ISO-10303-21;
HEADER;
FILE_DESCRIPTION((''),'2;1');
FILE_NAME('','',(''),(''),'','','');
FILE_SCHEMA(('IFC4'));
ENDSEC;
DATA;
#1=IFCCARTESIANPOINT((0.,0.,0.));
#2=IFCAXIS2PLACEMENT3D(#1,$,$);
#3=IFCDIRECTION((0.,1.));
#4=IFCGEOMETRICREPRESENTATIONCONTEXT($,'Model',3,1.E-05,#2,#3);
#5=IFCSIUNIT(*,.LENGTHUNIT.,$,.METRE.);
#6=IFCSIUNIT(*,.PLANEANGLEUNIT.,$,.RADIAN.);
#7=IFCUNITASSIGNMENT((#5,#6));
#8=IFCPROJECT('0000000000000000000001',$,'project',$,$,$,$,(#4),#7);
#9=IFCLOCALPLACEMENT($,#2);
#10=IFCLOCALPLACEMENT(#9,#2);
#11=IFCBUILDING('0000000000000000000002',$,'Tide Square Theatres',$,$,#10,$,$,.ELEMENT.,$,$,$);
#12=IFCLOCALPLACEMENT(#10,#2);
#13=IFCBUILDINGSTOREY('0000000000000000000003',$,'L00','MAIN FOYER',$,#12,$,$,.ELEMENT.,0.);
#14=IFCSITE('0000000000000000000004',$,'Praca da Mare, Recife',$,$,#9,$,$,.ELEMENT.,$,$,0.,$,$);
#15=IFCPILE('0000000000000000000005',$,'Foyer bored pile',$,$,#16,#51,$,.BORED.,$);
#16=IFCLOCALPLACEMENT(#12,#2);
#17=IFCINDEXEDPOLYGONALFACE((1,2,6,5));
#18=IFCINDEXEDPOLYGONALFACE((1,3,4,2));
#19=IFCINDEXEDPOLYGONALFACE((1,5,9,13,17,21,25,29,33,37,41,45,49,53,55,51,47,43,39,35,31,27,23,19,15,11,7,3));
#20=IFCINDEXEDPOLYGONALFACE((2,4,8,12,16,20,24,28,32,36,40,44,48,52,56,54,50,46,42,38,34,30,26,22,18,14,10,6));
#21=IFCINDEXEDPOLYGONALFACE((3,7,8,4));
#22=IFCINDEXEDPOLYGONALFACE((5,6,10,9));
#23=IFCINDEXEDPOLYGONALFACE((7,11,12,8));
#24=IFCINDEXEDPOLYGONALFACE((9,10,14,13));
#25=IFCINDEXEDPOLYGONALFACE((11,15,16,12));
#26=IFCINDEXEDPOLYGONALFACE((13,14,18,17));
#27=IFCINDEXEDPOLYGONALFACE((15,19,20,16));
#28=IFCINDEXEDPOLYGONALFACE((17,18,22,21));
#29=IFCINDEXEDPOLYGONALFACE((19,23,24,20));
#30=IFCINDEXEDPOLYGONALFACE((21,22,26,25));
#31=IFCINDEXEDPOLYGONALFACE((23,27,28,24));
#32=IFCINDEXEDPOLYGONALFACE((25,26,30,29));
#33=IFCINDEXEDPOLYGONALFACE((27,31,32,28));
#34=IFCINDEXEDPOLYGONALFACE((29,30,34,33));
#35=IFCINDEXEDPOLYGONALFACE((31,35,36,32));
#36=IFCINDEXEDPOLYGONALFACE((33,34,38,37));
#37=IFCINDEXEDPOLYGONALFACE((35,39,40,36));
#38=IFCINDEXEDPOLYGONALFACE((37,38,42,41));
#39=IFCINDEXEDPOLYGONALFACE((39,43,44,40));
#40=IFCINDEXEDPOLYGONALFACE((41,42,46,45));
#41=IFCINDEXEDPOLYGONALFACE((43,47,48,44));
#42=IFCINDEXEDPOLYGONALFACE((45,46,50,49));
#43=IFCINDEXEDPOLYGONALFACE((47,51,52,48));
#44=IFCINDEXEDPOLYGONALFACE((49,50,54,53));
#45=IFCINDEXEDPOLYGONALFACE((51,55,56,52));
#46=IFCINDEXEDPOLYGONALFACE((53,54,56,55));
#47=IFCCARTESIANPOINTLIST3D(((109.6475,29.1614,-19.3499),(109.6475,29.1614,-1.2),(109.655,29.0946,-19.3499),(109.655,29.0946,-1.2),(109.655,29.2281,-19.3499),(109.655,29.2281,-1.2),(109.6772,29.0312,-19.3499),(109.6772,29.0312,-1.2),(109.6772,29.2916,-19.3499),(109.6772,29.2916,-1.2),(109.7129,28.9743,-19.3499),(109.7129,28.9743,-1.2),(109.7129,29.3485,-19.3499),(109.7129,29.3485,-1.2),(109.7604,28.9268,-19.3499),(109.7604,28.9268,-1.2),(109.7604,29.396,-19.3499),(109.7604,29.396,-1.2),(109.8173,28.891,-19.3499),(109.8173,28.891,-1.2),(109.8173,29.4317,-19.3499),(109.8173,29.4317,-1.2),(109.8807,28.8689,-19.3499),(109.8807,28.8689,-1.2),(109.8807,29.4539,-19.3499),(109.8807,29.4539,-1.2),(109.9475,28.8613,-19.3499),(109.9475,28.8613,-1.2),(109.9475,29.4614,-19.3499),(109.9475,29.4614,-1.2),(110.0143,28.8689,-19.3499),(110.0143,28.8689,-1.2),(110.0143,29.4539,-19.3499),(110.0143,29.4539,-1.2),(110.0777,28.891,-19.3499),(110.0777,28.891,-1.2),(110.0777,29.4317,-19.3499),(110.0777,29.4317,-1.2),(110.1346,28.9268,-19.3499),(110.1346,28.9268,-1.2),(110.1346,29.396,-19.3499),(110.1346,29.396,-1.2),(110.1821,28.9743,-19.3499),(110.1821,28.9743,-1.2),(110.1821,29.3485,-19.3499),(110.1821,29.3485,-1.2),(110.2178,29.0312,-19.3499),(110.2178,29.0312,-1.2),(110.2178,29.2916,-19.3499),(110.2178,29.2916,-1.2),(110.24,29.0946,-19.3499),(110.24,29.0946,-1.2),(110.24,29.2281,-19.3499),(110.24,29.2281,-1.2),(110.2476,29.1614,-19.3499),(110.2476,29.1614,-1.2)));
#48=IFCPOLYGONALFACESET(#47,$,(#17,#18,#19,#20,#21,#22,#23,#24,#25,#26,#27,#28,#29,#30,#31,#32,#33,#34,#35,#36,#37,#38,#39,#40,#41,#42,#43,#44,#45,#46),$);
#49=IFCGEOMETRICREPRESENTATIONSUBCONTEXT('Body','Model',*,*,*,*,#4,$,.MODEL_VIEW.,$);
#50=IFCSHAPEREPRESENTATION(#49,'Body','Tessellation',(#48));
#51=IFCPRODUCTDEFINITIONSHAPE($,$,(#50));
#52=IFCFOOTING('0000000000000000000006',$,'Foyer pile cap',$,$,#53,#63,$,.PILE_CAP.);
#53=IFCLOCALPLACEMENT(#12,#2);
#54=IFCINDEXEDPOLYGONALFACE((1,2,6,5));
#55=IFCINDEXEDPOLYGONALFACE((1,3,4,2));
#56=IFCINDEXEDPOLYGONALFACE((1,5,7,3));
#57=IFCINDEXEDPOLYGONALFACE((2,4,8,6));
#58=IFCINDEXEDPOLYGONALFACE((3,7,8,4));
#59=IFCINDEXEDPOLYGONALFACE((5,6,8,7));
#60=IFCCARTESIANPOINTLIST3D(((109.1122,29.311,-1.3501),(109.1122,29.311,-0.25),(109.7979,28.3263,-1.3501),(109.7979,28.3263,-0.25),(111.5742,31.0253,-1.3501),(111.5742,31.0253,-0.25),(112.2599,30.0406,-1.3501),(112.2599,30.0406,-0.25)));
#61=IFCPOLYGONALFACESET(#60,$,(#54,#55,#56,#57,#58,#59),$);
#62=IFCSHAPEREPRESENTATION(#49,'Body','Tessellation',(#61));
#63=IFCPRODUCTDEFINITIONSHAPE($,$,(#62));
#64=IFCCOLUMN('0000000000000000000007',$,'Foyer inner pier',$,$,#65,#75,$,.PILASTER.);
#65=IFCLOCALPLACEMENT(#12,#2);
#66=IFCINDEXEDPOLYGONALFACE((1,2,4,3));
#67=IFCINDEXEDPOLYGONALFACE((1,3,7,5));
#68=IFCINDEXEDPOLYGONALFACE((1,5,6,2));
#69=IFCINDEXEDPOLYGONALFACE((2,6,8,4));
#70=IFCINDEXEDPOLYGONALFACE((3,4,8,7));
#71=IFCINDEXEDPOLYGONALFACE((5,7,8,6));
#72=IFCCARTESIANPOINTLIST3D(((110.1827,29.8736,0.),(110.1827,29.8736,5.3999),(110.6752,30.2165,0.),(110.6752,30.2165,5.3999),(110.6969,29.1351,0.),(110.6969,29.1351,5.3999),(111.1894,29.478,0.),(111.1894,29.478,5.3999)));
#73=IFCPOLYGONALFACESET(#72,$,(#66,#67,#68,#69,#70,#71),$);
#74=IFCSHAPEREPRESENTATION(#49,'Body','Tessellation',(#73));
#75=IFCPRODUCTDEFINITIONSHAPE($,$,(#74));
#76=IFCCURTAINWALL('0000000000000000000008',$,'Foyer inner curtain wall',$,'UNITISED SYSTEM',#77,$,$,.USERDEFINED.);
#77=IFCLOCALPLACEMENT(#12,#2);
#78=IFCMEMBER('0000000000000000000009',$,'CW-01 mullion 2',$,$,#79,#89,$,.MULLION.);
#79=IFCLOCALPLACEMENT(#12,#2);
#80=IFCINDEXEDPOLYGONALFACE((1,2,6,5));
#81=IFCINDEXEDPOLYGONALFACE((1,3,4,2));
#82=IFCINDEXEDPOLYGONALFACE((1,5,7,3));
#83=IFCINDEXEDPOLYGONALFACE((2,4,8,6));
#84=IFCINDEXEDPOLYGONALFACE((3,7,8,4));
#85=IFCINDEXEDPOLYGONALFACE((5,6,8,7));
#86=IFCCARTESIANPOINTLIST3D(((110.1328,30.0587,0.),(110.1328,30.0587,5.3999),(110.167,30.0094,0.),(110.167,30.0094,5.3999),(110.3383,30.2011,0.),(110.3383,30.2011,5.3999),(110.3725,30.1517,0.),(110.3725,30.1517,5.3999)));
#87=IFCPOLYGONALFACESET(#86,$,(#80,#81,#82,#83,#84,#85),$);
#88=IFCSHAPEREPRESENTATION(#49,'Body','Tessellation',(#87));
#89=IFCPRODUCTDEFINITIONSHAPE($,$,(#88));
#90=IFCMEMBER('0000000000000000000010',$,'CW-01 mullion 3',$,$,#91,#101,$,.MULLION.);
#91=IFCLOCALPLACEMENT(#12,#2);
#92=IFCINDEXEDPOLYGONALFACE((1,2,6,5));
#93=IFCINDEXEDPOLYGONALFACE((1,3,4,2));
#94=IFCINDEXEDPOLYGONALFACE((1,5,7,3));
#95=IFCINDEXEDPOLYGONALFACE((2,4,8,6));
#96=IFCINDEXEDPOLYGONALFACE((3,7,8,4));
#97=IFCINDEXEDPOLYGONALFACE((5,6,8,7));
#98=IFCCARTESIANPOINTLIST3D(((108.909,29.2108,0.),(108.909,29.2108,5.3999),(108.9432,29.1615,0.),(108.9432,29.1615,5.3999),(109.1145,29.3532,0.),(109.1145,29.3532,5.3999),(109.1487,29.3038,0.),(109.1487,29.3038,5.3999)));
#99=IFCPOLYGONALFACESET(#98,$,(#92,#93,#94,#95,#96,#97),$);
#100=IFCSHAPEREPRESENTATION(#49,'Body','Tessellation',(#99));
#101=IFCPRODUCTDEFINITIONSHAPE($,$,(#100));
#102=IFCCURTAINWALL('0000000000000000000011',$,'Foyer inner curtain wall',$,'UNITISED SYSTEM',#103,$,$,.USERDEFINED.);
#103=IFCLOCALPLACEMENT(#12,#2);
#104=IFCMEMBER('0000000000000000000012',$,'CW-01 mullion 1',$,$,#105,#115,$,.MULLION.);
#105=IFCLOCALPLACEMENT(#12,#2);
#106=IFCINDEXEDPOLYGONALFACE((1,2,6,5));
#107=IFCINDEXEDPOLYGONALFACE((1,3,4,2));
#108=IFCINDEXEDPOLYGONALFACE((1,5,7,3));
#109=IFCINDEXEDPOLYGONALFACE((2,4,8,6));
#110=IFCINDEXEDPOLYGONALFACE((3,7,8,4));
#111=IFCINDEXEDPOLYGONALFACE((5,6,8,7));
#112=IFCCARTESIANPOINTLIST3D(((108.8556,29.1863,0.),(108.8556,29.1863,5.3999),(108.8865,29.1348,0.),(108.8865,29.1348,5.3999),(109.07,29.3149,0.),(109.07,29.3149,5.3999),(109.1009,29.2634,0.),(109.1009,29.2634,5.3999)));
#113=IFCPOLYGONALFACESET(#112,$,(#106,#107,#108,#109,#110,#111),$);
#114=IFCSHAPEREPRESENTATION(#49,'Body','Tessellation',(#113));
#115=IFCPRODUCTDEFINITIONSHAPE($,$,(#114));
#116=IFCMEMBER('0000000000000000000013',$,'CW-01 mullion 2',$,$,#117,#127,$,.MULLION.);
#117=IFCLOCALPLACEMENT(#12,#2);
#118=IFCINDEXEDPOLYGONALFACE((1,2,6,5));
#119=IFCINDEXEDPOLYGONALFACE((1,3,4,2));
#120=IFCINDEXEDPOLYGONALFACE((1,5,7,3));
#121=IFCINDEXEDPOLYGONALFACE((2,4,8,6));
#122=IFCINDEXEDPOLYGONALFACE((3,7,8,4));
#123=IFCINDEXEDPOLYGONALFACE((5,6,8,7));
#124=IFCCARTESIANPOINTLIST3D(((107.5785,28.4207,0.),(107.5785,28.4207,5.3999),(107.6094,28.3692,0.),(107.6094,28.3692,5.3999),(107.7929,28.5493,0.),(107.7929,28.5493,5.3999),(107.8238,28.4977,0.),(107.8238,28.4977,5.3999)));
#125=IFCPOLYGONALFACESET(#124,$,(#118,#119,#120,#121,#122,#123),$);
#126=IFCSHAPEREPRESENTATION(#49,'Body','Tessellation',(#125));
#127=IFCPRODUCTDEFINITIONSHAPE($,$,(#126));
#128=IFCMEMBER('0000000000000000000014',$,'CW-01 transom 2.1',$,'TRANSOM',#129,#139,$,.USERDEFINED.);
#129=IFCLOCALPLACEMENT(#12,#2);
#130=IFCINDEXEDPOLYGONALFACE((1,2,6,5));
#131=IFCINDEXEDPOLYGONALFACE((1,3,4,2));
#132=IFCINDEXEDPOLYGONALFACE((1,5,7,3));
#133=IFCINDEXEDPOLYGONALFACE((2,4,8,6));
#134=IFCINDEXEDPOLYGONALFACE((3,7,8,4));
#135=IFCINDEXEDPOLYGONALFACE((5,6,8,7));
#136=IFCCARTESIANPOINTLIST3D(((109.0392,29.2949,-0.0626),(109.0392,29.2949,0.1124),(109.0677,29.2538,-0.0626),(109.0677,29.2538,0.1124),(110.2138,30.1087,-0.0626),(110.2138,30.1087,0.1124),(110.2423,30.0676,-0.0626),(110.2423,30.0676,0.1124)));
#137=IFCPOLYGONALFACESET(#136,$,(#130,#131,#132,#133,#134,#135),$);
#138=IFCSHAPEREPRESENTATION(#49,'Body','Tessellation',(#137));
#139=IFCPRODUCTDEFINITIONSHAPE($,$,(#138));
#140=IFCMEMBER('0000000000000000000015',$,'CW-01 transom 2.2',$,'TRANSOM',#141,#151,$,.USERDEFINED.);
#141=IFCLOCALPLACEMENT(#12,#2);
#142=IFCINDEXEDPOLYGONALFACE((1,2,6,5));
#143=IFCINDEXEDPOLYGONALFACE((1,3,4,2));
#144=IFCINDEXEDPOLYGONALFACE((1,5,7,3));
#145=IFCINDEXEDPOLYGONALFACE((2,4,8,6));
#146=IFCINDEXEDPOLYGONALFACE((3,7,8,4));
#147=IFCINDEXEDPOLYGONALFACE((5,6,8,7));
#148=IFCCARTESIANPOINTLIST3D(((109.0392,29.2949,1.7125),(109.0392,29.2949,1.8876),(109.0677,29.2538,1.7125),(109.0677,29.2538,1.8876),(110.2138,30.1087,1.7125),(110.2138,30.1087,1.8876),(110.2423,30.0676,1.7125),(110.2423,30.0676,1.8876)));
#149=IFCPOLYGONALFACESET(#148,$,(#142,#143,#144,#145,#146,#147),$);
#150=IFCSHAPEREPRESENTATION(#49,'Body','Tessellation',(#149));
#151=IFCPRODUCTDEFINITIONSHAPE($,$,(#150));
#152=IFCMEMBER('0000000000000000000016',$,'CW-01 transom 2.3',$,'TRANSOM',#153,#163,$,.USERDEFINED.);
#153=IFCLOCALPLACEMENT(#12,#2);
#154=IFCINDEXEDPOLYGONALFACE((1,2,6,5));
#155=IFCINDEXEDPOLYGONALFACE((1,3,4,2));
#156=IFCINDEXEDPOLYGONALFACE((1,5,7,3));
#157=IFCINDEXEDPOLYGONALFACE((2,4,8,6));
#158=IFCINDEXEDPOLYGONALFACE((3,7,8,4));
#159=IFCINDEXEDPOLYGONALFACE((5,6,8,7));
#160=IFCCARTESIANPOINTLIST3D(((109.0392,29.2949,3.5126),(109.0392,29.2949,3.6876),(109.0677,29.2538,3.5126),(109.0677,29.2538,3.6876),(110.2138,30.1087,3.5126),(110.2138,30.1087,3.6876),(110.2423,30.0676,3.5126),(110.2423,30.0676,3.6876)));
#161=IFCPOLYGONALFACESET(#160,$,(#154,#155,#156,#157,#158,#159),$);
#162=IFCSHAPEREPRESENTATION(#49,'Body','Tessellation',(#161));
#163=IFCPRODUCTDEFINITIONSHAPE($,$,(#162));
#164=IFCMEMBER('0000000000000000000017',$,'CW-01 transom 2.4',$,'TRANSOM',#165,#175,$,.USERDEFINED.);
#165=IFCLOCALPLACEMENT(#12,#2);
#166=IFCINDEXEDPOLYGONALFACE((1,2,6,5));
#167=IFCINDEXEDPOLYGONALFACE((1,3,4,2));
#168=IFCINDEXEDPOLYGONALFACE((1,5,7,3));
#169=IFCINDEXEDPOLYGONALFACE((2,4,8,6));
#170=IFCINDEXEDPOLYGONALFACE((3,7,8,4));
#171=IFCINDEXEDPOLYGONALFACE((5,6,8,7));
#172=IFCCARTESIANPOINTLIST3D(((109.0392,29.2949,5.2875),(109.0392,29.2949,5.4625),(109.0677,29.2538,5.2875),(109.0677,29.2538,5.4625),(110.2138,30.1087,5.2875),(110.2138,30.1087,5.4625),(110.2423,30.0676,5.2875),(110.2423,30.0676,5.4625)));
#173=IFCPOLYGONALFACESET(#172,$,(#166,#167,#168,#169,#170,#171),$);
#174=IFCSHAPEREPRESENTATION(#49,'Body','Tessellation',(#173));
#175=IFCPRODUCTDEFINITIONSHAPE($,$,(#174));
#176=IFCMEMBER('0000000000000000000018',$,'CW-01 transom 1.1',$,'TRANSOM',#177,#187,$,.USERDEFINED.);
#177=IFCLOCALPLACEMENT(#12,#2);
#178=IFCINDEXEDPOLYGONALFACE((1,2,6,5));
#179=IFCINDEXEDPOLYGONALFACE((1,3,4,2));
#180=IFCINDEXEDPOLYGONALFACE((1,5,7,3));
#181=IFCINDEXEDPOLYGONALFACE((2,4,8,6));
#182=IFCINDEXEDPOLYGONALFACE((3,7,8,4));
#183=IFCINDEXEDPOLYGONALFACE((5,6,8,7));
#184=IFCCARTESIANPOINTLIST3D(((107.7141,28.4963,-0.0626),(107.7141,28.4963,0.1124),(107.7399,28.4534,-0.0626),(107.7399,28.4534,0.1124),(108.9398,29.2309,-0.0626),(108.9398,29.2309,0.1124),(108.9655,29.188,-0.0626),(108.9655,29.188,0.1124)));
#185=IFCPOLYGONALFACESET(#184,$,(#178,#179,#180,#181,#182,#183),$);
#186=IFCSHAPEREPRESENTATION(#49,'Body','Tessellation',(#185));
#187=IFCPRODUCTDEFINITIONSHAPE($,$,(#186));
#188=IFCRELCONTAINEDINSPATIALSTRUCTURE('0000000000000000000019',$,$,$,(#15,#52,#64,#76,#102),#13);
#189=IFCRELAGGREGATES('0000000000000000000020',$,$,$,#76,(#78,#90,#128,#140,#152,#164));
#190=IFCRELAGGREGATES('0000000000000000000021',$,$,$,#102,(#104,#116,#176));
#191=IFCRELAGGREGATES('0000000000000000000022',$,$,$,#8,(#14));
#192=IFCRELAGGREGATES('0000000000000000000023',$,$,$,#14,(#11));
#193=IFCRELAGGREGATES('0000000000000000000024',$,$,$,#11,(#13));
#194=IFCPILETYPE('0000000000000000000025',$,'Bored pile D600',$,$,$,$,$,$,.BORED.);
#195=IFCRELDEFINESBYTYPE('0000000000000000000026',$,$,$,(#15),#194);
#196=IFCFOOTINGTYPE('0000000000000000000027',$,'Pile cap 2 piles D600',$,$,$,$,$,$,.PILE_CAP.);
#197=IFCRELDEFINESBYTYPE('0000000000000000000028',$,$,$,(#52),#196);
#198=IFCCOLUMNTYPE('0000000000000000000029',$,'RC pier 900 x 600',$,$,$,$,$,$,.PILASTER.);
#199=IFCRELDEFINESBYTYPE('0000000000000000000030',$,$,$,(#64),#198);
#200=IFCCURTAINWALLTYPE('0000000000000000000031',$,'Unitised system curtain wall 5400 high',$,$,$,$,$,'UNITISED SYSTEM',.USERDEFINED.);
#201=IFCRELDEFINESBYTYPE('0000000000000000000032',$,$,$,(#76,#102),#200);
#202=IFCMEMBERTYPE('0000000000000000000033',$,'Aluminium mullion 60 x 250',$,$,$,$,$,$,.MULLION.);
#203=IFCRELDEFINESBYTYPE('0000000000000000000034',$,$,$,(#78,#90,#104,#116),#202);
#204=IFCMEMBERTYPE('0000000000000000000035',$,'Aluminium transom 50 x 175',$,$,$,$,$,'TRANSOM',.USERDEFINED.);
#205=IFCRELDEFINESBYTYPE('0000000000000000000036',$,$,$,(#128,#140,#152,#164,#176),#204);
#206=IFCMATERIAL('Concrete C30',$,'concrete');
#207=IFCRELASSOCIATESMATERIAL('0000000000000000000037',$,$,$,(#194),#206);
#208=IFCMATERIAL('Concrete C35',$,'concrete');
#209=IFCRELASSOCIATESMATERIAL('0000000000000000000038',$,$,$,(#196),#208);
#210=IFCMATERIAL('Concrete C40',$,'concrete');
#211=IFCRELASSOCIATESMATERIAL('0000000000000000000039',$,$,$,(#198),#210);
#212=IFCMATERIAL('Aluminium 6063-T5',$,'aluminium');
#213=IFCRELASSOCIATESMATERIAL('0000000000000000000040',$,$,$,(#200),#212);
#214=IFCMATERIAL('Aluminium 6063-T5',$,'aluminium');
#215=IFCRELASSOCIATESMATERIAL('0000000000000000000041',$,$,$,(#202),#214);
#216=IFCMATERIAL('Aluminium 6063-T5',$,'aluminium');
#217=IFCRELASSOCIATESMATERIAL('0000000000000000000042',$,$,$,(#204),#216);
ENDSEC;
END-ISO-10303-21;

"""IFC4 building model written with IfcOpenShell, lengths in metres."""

from ifc_helpers import new_model, si_unit, direction, frame, origin, origin_2d, place, context, subcontext, project, spatial, rectangle, circle, extrude, material, material_profile, profile_set, type_object, element, aggregate, save


model = new_model("IFC4")

# Units and contexts
model_context = context("Model", 3, precision=1e-05, world=origin(), true_north=direction((0.0, 1.0)))
body_context = subcontext(model_context, "Body", "Model", "MODEL_VIEW")
ifc_project = project(units=[si_unit("LENGTHUNIT", "METRE"), si_unit("PLANEANGLEUNIT", "RADIAN")], contexts=[model_context])

# Site, building, storey
site_placement = place(None, origin())
site = spatial("IfcSite", under=ifc_project, at=site_placement, Name="Praca da Mare, Recife", CompositionType="ELEMENT", RefElevation=0.0)
building_placement = place(site_placement, origin())
building = spatial("IfcBuilding", under=site, at=building_placement, Name="Tide Square Theatres", CompositionType="ELEMENT")
storey_placement = place(building_placement, origin())
storey = spatial("IfcBuildingStorey", under=building, at=storey_placement, Name="L00", Description="MAIN FOYER", CompositionType="ELEMENT", Elevation=0.0)

# Pile
ifc_material_1 = material(Name="Concrete C30", Category="concrete")
ifc_material_profile_1 = material_profile(ifc_material_1, circle(Radius=0.3, at=origin_2d()))
ifc_profile_set_1 = profile_set([ifc_material_profile_1], Name="Concrete C30")
pile_type = type_object("IfcPileType", Name="Bored pile D600", PredefinedType="BORED", material=ifc_profile_set_1)
pile_placement = place(storey_placement, frame((109.9475, 29.1614, -1.2), z_axis=(0.0, 0.0, -1.0), x_axis=(1.0, 0.0, 0.0)))
element("IfcPile", 1, at=pile_placement, inside=storey, type_object=pile_type, Name="Foyer bored pile", PredefinedType="BORED", context=body_context, shape_type="SweptSolid", body=[
    extrude(circle(Radius=0.3, at=origin_2d()), origin(), (0.0, 0.0, 1.0), 18.1499),
])

# Footing
ifc_material_2 = material(Name="Concrete C35", Category="concrete")
footing_type = type_object("IfcFootingType", Name="Pile cap 2 piles D600", PredefinedType="PILE_CAP", material=ifc_material_2)
footing_placement = place(storey_placement, frame((110.686, 29.6758, -1.3501), z_axis=(0.0, 0.0, 1.0), x_axis=(0.820648, 0.571434, 0.0)))
element("IfcFooting", 2, at=footing_placement, inside=storey, type_object=footing_type, Name="Foyer pile cap", PredefinedType="PILE_CAP", context=body_context, shape_type="SweptSolid", body=[
    extrude(rectangle(XDim=3.0, YDim=1.2, at=origin_2d()), origin(), (0.0, 0.0, 1.0), 1.1001),
])

# Column
ifc_material_3 = material(Name="Concrete C40", Category="concrete")
ifc_material_profile_2 = material_profile(ifc_material_3, rectangle(XDim=0.8999, YDim=0.6001, at=origin_2d()))
ifc_profile_set_2 = profile_set([ifc_material_profile_2], Name="Concrete C40")
column_type = type_object("IfcColumnType", Name="RC pier 900 x 600", PredefinedType="PILASTER", material=ifc_profile_set_2)
column_placement = place(storey_placement, frame((110.686, 29.6758, 0.0), z_axis=(0.0, 0.0, 1.0), x_axis=(0.571434, -0.820648, 0.0)))
element("IfcColumn", 3, at=column_placement, inside=storey, type_object=column_type, Name="Foyer inner pier", PredefinedType="PILASTER", context=body_context, shape_type="SweptSolid", body=[
    extrude(rectangle(XDim=0.8999, YDim=0.6001, at=origin_2d()), origin(), (0.0, 0.0, 1.0), 5.3999),
])

# Curtain walls, members
ifc_material_4 = material(Name="Aluminium 6063-T5", Category="aluminium")
curtain_wall_type = type_object("IfcCurtainWallType", Name="Unitised system curtain wall 5400 high", ElementType="UNITISED SYSTEM", PredefinedType="USERDEFINED", material=ifc_material_4)
curtain_wall_1_placement = place(storey_placement, origin())
curtain_wall_1 = element("IfcCurtainWall", 4, at=curtain_wall_1_placement, inside=storey, type_object=curtain_wall_type, Name="Foyer inner curtain wall", ObjectType="UNITISED SYSTEM", PredefinedType="USERDEFINED")
ifc_material_5 = material(Name="Aluminium 6063-T5", Category="aluminium")
ifc_material_profile_3 = material_profile(ifc_material_5, rectangle(XDim=0.0601, YDim=0.25, at=origin_2d()))
ifc_profile_set_3 = profile_set([ifc_material_profile_3], Name="Aluminium 6063-T5")
member_type_1 = type_object("IfcMemberType", Name="Aluminium mullion 60 x 250", PredefinedType="MULLION", material=ifc_profile_set_3)
member_1_placement = place(storey_placement, frame((110.2527, 30.1052, 0.0), z_axis=(0.0, 0.0, 1.0), x_axis=(0.56947, -0.822012, 0.0)))
member_1 = element("IfcMember", 5, at=member_1_placement, type_object=member_type_1, Name="CW-01 mullion 2", PredefinedType="MULLION", context=body_context, shape_type="SweptSolid", body=[
    extrude(rectangle(XDim=0.0601, YDim=0.25, at=origin_2d()), origin(), (0.0, 0.0, 1.0), 5.3999),
])
member_2_placement = place(storey_placement, frame((109.0288, 29.2573, 0.0), z_axis=(0.0, 0.0, 1.0), x_axis=(0.56947, -0.822012, 0.0)))
member_2 = element("IfcMember", 6, at=member_2_placement, type_object=member_type_1, Name="CW-01 mullion 3", PredefinedType="MULLION", context=body_context, shape_type="SweptSolid", body=[
    extrude(rectangle(XDim=0.0601, YDim=0.25, at=origin_2d()), origin(), (0.0, 0.0, 1.0), 5.3999),
])
curtain_wall_2_placement = place(storey_placement, origin())
curtain_wall_2 = element("IfcCurtainWall", 7, at=curtain_wall_2_placement, inside=storey, type_object=curtain_wall_type, Name="Foyer inner curtain wall", ObjectType="UNITISED SYSTEM", PredefinedType="USERDEFINED")
member_3_placement = place(storey_placement, frame((108.9783, 29.2249, 0.0), z_axis=(0.0, 0.0, 1.0), x_axis=(0.514128, -0.857714, 0.0)))
member_3 = element("IfcMember", 8, at=member_3_placement, type_object=member_type_1, Name="CW-01 mullion 1", PredefinedType="MULLION", context=body_context, shape_type="SweptSolid", body=[
    extrude(rectangle(XDim=0.0601, YDim=0.25, at=origin_2d()), origin(), (0.0, 0.0, 1.0), 5.3999),
])
member_4_placement = place(storey_placement, frame((107.7012, 28.4592, 0.0), z_axis=(0.0, 0.0, 1.0), x_axis=(0.514128, -0.857714, 0.0)))
member_4 = element("IfcMember", 9, at=member_4_placement, type_object=member_type_1, Name="CW-01 mullion 2", PredefinedType="MULLION", context=body_context, shape_type="SweptSolid", body=[
    extrude(rectangle(XDim=0.0601, YDim=0.25, at=origin_2d()), origin(), (0.0, 0.0, 1.0), 5.3999),
])

# Members
ifc_material_6 = material(Name="Aluminium 6063-T5", Category="aluminium")
ifc_material_profile_4 = material_profile(ifc_material_6, rectangle(XDim=0.05, YDim=0.175, at=origin_2d()))
ifc_profile_set_4 = profile_set([ifc_material_profile_4], Name="Aluminium 6063-T5")
member_type_2 = type_object("IfcMemberType", Name="Aluminium transom 50 x 175", ElementType="TRANSOM", PredefinedType="USERDEFINED", material=ifc_profile_set_4)
member_5_placement = place(storey_placement, frame((110.228, 30.0881, 0.0249), z_axis=(-0.822008, -0.569476, 0.0), x_axis=(0.569476, -0.822008, 0.0)))
member_5 = element("IfcMember", 10, at=member_5_placement, type_object=member_type_2, Name="CW-01 transom 2.1", ObjectType="TRANSOM", PredefinedType="USERDEFINED", context=body_context, shape_type="SweptSolid", body=[
    extrude(rectangle(XDim=0.05, YDim=0.175, at=origin_2d()), origin(), (0.0, 0.0, 1.0), 1.429),
])
member_6_placement = place(storey_placement, frame((110.228, 30.0881, 1.8), z_axis=(-0.822008, -0.569476, 0.0), x_axis=(0.569476, -0.822008, 0.0)))
member_6 = element("IfcMember", 11, at=member_6_placement, type_object=member_type_2, Name="CW-01 transom 2.2", ObjectType="TRANSOM", PredefinedType="USERDEFINED", context=body_context, shape_type="SweptSolid", body=[
    extrude(rectangle(XDim=0.05, YDim=0.175, at=origin_2d()), origin(), (0.0, 0.0, 1.0), 1.429),
])
member_7_placement = place(storey_placement, frame((110.228, 30.0881, 3.6001), z_axis=(-0.822008, -0.569476, 0.0), x_axis=(0.569476, -0.822008, 0.0)))
member_7 = element("IfcMember", 12, at=member_7_placement, type_object=member_type_2, Name="CW-01 transom 2.3", ObjectType="TRANSOM", PredefinedType="USERDEFINED", context=body_context, shape_type="SweptSolid", body=[
    extrude(rectangle(XDim=0.05, YDim=0.175, at=origin_2d()), origin(), (0.0, 0.0, 1.0), 1.429),
])
member_8_placement = place(storey_placement, frame((110.228, 30.0881, 5.375), z_axis=(-0.822008, -0.569476, 0.0), x_axis=(0.569476, -0.822008, 0.0)))
member_8 = element("IfcMember", 13, at=member_8_placement, type_object=member_type_2, Name="CW-01 transom 2.4", ObjectType="TRANSOM", PredefinedType="USERDEFINED", context=body_context, shape_type="SweptSolid", body=[
    extrude(rectangle(XDim=0.05, YDim=0.175, at=origin_2d()), origin(), (0.0, 0.0, 1.0), 1.429),
])
member_9_placement = place(storey_placement, frame((108.9526, 29.2095, 0.0249), z_axis=(-0.857719, -0.514119, 0.0), x_axis=(0.514119, -0.857719, 0.0)))
member_9 = element("IfcMember", 14, at=member_9_placement, type_object=member_type_2, Name="CW-01 transom 1.1", ObjectType="TRANSOM", PredefinedType="USERDEFINED", context=body_context, shape_type="SweptSolid", body=[
    extrude(rectangle(XDim=0.05, YDim=0.175, at=origin_2d()), origin(), (0.0, 0.0, 1.0), 1.429),
])

aggregate(curtain_wall_1, [member_1, member_2, member_5, member_6, member_7, member_8])
aggregate(curtain_wall_2, [member_3, member_4, member_9])

save(model, "model.ifc")
